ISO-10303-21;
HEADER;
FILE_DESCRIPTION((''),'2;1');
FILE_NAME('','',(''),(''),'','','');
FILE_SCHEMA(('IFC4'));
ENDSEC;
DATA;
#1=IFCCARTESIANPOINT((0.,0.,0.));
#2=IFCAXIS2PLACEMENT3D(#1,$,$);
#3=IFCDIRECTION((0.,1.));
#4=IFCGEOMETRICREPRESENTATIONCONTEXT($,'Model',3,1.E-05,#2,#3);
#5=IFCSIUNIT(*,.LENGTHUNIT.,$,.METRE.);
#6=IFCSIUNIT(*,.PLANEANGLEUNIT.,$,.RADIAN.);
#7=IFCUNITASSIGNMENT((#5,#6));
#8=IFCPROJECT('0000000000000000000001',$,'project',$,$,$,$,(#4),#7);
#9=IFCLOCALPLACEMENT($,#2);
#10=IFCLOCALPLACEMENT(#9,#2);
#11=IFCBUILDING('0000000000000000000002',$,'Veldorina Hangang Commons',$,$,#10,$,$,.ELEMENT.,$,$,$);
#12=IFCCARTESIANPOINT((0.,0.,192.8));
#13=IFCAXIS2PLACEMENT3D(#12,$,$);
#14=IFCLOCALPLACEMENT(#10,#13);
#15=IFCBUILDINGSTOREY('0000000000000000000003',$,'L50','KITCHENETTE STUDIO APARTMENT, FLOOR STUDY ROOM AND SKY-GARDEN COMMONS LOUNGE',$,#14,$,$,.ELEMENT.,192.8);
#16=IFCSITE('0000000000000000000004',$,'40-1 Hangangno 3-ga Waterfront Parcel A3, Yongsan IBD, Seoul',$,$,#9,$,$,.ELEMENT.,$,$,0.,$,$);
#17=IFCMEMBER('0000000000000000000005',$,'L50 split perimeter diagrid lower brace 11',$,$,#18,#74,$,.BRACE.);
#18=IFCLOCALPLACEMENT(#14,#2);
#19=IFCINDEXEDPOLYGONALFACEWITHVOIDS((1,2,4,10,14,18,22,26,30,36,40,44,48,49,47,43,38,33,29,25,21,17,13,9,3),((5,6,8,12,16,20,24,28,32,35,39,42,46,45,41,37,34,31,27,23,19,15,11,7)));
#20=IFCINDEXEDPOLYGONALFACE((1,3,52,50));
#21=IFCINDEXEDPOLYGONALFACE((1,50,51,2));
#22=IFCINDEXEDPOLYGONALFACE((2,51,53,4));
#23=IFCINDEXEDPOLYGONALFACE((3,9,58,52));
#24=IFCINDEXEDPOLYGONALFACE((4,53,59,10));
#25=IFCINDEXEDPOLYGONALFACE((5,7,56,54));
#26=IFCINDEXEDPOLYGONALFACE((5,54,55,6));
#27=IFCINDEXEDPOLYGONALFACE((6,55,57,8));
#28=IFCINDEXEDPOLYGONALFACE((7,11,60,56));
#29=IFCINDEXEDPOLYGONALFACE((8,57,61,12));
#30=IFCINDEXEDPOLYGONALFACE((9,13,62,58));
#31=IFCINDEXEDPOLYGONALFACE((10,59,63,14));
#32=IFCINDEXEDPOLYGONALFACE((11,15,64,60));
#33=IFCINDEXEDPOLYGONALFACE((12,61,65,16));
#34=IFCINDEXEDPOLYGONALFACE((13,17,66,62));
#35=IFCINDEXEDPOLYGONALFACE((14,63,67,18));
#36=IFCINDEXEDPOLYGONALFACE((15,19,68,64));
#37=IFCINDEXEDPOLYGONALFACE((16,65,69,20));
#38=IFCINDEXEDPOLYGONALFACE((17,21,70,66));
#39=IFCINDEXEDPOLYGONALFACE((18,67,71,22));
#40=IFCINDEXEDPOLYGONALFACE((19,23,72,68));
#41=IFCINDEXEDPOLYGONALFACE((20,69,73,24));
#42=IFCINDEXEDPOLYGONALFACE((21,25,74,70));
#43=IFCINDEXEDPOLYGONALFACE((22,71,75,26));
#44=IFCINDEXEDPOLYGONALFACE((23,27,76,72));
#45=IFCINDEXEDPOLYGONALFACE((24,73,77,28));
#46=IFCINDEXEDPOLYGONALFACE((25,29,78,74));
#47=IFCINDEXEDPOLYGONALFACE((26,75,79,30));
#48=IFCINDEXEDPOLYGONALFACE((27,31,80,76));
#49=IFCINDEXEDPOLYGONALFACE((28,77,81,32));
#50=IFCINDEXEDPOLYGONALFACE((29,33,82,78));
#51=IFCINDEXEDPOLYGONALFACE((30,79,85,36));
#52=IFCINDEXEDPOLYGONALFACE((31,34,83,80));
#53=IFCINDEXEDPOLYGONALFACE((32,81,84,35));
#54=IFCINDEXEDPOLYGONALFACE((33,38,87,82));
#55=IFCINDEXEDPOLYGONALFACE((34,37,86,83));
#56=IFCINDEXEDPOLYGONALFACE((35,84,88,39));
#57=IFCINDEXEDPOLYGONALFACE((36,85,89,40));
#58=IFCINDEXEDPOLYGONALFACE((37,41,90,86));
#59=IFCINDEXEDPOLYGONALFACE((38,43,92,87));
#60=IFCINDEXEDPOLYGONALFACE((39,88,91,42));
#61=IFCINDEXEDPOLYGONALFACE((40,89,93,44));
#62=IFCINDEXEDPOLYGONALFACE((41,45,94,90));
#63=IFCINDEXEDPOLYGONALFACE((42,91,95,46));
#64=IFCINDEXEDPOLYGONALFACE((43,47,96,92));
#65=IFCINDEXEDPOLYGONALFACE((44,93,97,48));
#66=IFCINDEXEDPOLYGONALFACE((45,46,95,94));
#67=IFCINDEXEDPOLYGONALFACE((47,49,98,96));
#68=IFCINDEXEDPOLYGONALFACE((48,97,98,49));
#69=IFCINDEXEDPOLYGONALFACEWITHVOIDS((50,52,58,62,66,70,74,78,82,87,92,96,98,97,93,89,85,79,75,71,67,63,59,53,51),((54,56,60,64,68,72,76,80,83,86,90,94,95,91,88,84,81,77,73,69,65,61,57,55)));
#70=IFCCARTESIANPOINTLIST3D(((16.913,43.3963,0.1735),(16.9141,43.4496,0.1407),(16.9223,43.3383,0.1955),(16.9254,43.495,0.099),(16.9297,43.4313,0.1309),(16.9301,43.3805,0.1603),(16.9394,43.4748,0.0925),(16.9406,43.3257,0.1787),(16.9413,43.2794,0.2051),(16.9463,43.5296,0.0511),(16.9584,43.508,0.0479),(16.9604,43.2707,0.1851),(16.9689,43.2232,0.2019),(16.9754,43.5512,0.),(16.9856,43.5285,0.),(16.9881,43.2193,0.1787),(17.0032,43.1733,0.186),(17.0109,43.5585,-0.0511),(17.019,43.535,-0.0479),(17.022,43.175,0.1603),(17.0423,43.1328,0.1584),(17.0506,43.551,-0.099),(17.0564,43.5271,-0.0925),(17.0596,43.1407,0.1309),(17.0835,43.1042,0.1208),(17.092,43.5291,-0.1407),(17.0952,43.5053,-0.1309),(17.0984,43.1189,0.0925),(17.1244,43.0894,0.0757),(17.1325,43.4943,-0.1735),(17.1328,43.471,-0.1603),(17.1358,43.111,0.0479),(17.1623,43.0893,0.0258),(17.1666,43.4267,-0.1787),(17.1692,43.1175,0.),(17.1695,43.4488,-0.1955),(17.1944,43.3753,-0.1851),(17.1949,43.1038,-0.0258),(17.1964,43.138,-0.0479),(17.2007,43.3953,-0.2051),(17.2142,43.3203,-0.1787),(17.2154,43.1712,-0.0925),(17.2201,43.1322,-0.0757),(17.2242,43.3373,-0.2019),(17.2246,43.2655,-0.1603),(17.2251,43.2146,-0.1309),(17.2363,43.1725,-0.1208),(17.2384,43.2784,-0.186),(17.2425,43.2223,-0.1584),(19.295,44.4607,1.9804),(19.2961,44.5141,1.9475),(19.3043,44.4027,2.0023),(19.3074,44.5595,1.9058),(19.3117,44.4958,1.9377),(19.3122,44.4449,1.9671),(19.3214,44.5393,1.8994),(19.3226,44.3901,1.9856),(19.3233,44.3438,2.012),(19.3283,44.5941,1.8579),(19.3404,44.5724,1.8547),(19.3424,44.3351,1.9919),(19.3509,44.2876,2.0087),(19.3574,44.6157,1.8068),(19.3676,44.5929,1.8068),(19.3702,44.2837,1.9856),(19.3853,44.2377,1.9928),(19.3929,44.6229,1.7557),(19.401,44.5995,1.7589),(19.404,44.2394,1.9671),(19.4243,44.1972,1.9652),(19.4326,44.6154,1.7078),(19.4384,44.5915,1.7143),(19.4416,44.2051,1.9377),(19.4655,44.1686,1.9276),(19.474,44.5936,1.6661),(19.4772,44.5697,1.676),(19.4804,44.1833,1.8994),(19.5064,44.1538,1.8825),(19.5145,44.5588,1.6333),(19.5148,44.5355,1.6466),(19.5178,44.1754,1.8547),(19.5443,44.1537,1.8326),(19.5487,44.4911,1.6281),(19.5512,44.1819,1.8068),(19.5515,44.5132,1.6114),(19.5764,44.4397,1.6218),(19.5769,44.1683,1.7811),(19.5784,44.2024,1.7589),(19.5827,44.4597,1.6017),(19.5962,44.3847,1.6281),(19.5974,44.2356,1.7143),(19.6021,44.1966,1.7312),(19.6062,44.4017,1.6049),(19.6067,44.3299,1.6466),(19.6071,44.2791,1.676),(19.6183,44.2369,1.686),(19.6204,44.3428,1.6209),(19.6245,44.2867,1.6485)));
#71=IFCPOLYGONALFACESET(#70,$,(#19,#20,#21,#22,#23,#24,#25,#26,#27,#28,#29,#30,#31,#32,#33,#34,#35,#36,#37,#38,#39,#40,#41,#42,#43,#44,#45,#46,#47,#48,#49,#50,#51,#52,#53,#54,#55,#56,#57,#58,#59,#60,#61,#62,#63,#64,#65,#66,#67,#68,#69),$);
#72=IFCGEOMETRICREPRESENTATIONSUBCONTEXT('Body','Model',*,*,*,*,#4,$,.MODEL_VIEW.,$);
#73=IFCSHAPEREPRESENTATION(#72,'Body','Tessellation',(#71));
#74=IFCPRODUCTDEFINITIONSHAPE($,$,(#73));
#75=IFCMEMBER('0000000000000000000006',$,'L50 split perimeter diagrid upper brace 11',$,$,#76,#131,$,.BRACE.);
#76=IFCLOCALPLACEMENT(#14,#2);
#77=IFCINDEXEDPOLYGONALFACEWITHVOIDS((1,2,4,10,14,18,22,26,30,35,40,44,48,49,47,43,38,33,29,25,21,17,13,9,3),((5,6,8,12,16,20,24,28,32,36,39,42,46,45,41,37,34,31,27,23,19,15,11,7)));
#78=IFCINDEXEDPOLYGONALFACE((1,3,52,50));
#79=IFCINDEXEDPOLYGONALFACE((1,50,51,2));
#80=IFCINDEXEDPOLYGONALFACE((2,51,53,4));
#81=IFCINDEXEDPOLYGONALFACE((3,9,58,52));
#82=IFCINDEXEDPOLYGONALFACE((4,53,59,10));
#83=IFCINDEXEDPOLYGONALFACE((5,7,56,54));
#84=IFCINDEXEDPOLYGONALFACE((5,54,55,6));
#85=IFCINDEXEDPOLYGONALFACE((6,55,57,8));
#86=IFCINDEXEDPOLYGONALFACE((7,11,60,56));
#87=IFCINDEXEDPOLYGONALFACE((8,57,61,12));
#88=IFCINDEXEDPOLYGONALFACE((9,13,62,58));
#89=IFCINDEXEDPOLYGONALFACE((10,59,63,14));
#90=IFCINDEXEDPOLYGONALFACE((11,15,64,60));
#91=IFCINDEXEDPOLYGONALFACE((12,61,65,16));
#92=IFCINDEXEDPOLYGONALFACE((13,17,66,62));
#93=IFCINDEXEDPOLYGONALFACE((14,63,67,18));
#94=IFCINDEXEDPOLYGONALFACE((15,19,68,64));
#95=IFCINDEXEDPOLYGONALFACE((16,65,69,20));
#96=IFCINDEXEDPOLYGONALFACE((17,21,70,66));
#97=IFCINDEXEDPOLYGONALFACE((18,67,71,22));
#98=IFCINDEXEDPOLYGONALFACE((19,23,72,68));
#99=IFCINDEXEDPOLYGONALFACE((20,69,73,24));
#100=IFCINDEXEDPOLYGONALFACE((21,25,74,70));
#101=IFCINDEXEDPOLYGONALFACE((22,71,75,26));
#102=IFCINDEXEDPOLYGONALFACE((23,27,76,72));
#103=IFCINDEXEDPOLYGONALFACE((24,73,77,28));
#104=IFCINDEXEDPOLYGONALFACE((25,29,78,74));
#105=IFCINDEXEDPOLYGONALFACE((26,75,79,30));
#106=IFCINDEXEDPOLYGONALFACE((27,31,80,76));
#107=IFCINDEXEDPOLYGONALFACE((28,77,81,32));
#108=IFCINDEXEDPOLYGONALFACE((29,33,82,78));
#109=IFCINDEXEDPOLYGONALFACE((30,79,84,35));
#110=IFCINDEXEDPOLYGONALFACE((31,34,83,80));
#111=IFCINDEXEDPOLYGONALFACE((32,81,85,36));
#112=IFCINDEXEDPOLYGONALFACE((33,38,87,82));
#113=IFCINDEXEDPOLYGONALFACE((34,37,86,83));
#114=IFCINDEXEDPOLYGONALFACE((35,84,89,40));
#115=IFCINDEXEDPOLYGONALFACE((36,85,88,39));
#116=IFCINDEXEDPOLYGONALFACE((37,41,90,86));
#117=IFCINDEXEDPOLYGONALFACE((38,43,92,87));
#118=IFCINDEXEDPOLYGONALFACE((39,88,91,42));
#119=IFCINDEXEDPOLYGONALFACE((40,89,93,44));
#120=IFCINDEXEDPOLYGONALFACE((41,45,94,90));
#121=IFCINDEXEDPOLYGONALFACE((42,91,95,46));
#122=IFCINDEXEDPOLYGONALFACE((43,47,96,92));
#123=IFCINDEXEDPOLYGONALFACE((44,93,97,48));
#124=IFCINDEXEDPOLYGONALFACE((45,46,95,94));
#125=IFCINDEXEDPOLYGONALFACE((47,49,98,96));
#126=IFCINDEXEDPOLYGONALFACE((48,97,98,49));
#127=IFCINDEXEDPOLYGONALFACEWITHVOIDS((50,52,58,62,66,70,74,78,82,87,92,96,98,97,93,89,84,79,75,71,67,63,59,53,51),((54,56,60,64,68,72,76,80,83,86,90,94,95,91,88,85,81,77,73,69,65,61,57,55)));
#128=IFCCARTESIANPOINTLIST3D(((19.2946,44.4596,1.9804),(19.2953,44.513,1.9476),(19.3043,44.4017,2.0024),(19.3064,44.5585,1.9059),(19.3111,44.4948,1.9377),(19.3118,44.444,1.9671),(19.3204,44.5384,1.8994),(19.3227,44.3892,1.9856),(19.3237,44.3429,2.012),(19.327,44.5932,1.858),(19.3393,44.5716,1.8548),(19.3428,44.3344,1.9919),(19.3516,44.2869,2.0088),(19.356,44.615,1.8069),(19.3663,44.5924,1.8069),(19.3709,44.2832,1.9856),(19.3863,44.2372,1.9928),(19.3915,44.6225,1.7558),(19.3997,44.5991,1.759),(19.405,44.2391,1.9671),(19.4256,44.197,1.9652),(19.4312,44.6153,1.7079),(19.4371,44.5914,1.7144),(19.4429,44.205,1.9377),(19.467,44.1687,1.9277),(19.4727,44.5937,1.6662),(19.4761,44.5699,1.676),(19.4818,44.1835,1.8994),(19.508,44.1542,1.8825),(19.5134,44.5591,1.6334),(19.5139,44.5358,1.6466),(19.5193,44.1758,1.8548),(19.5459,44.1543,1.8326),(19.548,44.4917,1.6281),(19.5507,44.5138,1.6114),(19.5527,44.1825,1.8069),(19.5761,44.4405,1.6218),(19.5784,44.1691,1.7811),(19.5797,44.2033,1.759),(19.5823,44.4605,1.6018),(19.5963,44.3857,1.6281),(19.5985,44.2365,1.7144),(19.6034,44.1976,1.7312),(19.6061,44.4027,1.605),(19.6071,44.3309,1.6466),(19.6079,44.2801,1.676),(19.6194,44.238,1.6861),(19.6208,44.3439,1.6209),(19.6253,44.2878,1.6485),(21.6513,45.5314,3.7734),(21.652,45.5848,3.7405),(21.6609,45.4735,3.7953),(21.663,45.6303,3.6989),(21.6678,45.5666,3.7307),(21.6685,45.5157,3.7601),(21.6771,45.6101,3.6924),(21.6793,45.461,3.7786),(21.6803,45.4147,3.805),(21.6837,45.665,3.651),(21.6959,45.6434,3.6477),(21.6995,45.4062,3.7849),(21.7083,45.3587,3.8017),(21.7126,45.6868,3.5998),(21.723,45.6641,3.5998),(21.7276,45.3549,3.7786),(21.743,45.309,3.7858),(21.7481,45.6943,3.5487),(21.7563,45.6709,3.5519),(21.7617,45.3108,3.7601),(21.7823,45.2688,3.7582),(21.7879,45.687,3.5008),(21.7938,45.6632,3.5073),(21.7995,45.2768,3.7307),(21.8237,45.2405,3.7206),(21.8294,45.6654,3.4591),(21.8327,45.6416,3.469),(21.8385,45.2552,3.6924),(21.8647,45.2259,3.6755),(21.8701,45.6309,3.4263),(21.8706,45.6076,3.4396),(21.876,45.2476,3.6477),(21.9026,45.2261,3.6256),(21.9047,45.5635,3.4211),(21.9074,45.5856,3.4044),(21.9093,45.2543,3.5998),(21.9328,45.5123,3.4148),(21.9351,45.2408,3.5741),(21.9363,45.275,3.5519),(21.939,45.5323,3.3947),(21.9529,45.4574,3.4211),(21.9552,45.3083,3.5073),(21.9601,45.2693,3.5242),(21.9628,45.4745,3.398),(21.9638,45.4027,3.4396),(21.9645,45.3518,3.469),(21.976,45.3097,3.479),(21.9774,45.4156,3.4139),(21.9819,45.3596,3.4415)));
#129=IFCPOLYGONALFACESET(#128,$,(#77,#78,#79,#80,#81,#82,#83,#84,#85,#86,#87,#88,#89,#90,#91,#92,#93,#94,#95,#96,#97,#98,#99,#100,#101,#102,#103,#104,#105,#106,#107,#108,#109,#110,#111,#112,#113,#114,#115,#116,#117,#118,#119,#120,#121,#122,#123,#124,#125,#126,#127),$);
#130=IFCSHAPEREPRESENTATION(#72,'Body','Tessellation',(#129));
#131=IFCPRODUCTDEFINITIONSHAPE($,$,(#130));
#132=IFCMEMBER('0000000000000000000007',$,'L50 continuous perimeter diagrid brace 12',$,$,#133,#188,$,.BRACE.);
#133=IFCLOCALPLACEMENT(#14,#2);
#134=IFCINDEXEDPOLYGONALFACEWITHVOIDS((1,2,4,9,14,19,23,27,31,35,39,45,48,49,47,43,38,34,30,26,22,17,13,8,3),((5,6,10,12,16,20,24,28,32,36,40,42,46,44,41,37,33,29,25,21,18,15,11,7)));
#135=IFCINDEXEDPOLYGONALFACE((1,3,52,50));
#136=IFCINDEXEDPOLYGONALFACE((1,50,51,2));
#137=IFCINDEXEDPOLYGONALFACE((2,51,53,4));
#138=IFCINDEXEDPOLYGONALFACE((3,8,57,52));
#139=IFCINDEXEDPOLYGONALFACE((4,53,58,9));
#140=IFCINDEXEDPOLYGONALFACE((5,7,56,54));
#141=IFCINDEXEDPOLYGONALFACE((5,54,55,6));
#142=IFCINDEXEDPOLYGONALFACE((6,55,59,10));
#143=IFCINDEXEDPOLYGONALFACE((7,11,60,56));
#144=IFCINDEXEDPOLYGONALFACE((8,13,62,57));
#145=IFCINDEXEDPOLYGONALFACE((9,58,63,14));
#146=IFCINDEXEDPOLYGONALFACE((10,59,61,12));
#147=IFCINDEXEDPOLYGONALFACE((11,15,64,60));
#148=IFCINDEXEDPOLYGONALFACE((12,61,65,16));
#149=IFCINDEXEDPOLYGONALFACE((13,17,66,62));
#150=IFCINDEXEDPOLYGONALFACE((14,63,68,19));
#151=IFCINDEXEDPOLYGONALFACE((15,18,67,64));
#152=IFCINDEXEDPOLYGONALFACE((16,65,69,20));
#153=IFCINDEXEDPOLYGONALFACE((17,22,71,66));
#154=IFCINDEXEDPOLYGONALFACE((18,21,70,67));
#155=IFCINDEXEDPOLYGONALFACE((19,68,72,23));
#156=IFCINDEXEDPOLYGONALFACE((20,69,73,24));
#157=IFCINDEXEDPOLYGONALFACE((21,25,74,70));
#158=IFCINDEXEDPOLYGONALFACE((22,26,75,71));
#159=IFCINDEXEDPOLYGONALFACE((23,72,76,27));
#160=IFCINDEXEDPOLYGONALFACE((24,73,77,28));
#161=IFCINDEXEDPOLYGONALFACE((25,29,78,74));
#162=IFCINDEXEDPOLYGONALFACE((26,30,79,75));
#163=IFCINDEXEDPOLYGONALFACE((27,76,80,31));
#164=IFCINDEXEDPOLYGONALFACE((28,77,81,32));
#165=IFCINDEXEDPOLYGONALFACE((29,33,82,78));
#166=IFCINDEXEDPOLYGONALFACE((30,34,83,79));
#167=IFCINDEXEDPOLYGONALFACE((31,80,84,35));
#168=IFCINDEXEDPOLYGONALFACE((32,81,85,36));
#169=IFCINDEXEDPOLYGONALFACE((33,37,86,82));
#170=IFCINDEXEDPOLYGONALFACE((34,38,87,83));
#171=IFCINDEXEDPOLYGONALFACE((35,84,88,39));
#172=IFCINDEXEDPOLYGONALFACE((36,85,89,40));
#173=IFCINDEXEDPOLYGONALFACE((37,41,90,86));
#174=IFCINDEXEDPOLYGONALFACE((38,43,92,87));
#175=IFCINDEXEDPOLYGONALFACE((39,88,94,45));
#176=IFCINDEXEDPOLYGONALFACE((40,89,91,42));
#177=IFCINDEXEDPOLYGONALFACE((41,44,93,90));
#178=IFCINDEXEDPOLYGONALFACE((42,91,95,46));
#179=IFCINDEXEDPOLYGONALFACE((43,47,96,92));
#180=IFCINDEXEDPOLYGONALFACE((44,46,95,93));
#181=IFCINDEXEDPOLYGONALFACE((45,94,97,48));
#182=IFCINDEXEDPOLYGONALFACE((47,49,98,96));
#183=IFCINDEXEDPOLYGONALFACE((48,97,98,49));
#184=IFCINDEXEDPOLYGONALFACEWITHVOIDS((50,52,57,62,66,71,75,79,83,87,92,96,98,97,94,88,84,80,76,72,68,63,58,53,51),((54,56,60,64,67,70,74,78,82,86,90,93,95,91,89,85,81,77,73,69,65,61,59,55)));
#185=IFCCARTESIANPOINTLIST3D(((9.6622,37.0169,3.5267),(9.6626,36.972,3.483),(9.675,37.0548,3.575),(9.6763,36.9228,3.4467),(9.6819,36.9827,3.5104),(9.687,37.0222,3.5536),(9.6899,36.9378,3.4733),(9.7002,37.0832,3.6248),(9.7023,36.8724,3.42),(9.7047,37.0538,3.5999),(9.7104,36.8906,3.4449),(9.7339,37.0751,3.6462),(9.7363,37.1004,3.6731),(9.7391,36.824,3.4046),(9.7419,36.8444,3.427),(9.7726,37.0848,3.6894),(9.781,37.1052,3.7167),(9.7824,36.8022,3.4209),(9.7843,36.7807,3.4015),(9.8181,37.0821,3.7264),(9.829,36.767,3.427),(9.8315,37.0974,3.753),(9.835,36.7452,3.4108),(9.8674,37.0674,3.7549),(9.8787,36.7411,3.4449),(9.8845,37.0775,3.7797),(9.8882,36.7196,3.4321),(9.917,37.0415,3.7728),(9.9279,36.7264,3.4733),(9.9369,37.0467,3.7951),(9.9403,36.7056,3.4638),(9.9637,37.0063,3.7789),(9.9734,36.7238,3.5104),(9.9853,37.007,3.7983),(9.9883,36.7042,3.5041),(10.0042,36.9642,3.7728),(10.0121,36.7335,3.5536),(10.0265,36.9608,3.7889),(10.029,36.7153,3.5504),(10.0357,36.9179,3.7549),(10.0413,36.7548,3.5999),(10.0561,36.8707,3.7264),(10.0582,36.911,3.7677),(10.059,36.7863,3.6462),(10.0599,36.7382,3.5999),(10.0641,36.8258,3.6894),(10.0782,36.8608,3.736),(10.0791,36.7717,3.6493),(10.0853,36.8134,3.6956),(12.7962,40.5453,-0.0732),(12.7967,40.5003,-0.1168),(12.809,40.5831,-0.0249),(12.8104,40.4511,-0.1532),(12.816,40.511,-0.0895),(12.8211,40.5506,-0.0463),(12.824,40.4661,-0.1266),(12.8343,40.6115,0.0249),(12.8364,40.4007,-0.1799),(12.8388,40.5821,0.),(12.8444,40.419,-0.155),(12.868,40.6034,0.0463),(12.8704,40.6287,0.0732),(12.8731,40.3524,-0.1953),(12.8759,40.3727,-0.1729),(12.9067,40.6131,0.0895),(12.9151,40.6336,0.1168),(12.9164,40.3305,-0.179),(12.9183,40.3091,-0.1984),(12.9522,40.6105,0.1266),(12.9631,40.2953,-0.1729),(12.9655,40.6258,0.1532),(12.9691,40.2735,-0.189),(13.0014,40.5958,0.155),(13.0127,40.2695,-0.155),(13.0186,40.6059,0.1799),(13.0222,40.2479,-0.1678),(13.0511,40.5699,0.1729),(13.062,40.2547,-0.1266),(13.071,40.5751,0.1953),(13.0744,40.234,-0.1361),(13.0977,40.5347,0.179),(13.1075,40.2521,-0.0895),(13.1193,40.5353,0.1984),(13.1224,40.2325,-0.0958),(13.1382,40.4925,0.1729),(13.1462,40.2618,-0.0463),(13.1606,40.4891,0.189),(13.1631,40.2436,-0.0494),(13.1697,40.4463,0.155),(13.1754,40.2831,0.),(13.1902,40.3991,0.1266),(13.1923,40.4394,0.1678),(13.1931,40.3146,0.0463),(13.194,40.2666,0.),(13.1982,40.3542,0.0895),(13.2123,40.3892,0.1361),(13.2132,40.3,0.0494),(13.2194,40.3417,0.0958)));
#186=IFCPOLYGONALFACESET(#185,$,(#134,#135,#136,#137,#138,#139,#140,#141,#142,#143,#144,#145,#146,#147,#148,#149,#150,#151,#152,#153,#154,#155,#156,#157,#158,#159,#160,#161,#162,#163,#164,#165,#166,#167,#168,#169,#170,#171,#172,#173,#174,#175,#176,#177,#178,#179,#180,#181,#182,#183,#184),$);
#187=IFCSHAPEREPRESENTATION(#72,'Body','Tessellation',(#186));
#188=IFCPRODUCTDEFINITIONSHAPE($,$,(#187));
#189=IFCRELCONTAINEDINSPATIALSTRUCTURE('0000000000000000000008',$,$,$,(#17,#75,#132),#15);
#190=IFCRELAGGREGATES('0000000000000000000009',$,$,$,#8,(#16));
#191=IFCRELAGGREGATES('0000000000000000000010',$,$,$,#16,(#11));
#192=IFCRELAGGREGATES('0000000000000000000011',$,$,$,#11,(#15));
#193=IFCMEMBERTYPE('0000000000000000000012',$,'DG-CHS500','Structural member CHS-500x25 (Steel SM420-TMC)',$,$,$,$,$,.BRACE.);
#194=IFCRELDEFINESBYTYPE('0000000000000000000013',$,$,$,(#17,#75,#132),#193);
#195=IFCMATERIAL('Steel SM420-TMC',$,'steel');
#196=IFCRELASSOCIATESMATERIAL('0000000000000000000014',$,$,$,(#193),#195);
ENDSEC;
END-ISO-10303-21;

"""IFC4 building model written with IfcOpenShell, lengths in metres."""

from ifc_helpers import new_model, si_unit, direction, frame, origin, origin_2d, place, context, subcontext, project, spatial, hollow_circle, extrude, material, material_profile, profile_set, type_object, element, save


model = new_model("IFC4")

# Units and contexts
model_context = context("Model", 3, precision=1e-05, world=origin(), true_north=direction((0.0, 1.0)))
body_context = subcontext(model_context, "Body", "Model", "MODEL_VIEW")
ifc_project = project(units=[si_unit("LENGTHUNIT", "METRE"), si_unit("PLANEANGLEUNIT", "RADIAN")], contexts=[model_context])

# Site, building, storey
site_placement = place(None, origin())
site = spatial("IfcSite", under=ifc_project, at=site_placement, Name="40-1 Hangangno 3-ga Waterfront Parcel A3, Yongsan IBD, Seoul", CompositionType="ELEMENT", RefElevation=0.0)
building_placement = place(site_placement, origin())
building = spatial("IfcBuilding", under=site, at=building_placement, Name="Veldorina Hangang Commons", CompositionType="ELEMENT")
storey_placement = place(building_placement, frame((0.0, 0.0, 192.8)))
storey = spatial("IfcBuildingStorey", under=building, at=storey_placement, Name="L50", Description="KITCHENETTE STUDIO APARTMENT, FLOOR STUDY ROOM AND SKY-GARDEN COMMONS LOUNGE", CompositionType="ELEMENT", Elevation=192.8)

# Shared definitions
ifc_material_1 = material(Name="Steel SM420-TMC", Category="steel")

# Members
ifc_material_profile_1 = material_profile(ifc_material_1, hollow_circle(Radius=0.25, WallThickness=0.0249, at=origin_2d()), Name="CHS-500x25")
ifc_profile_set_1 = profile_set([ifc_material_profile_1], Name="Steel SM420-TMC")
member_type = type_object("IfcMemberType", Name="DG-CHS500", Description="Structural member CHS-500x25 (Steel SM420-TMC)", PredefinedType="BRACE", material=ifc_profile_set_1)
member_1_placement = place(storey_placement, frame((17.0774, 43.323, 0.0), z_axis=(0.750575, 0.335401, 0.569336), x_axis=(-0.407978, 0.912992, 0.0)))
element("IfcMember", 1, at=member_1_placement, inside=storey, type_object=member_type, Name="L50 split perimeter diagrid lower brace 11", PredefinedType="BRACE", context=body_context, shape_type="SweptSolid", body=[
    extrude(hollow_circle(Radius=0.25, WallThickness=0.0249, at=origin_2d()), origin(), (0.0, 0.0, 1.0), 3.1736),
])
member_2_placement = place(storey_placement, frame((19.4595, 44.3875, 1.8069), z_axis=(0.748347, 0.340334, 0.569342), x_axis=(-0.413981, 0.910286, 0.0)))
element("IfcMember", 2, at=member_2_placement, inside=storey, type_object=member_type, Name="L50 split perimeter diagrid upper brace 11", PredefinedType="BRACE", context=body_context, shape_type="SweptSolid", body=[
    extrude(hollow_circle(Radius=0.25, WallThickness=0.0249, at=origin_2d()), origin(), (0.0, 0.0, 1.0), 3.1492),
])
member_3_placement = place(storey_placement, frame((13.0071, 40.4326, 0.0), z_axis=(-0.528015, -0.594444, 0.606495), x_axis=(0.747646, -0.664097, 0.0)))
element("IfcMember", 3, at=member_3_placement, inside=storey, type_object=member_type, Name="L50 continuous perimeter diagrid brace 12", PredefinedType="BRACE", context=body_context, shape_type="SweptSolid", body=[
    extrude(hollow_circle(Radius=0.25, WallThickness=0.0249, at=origin_2d()), origin(), (0.0, 0.0, 1.0), 5.9355),
])

save(model, "model.ifc")
